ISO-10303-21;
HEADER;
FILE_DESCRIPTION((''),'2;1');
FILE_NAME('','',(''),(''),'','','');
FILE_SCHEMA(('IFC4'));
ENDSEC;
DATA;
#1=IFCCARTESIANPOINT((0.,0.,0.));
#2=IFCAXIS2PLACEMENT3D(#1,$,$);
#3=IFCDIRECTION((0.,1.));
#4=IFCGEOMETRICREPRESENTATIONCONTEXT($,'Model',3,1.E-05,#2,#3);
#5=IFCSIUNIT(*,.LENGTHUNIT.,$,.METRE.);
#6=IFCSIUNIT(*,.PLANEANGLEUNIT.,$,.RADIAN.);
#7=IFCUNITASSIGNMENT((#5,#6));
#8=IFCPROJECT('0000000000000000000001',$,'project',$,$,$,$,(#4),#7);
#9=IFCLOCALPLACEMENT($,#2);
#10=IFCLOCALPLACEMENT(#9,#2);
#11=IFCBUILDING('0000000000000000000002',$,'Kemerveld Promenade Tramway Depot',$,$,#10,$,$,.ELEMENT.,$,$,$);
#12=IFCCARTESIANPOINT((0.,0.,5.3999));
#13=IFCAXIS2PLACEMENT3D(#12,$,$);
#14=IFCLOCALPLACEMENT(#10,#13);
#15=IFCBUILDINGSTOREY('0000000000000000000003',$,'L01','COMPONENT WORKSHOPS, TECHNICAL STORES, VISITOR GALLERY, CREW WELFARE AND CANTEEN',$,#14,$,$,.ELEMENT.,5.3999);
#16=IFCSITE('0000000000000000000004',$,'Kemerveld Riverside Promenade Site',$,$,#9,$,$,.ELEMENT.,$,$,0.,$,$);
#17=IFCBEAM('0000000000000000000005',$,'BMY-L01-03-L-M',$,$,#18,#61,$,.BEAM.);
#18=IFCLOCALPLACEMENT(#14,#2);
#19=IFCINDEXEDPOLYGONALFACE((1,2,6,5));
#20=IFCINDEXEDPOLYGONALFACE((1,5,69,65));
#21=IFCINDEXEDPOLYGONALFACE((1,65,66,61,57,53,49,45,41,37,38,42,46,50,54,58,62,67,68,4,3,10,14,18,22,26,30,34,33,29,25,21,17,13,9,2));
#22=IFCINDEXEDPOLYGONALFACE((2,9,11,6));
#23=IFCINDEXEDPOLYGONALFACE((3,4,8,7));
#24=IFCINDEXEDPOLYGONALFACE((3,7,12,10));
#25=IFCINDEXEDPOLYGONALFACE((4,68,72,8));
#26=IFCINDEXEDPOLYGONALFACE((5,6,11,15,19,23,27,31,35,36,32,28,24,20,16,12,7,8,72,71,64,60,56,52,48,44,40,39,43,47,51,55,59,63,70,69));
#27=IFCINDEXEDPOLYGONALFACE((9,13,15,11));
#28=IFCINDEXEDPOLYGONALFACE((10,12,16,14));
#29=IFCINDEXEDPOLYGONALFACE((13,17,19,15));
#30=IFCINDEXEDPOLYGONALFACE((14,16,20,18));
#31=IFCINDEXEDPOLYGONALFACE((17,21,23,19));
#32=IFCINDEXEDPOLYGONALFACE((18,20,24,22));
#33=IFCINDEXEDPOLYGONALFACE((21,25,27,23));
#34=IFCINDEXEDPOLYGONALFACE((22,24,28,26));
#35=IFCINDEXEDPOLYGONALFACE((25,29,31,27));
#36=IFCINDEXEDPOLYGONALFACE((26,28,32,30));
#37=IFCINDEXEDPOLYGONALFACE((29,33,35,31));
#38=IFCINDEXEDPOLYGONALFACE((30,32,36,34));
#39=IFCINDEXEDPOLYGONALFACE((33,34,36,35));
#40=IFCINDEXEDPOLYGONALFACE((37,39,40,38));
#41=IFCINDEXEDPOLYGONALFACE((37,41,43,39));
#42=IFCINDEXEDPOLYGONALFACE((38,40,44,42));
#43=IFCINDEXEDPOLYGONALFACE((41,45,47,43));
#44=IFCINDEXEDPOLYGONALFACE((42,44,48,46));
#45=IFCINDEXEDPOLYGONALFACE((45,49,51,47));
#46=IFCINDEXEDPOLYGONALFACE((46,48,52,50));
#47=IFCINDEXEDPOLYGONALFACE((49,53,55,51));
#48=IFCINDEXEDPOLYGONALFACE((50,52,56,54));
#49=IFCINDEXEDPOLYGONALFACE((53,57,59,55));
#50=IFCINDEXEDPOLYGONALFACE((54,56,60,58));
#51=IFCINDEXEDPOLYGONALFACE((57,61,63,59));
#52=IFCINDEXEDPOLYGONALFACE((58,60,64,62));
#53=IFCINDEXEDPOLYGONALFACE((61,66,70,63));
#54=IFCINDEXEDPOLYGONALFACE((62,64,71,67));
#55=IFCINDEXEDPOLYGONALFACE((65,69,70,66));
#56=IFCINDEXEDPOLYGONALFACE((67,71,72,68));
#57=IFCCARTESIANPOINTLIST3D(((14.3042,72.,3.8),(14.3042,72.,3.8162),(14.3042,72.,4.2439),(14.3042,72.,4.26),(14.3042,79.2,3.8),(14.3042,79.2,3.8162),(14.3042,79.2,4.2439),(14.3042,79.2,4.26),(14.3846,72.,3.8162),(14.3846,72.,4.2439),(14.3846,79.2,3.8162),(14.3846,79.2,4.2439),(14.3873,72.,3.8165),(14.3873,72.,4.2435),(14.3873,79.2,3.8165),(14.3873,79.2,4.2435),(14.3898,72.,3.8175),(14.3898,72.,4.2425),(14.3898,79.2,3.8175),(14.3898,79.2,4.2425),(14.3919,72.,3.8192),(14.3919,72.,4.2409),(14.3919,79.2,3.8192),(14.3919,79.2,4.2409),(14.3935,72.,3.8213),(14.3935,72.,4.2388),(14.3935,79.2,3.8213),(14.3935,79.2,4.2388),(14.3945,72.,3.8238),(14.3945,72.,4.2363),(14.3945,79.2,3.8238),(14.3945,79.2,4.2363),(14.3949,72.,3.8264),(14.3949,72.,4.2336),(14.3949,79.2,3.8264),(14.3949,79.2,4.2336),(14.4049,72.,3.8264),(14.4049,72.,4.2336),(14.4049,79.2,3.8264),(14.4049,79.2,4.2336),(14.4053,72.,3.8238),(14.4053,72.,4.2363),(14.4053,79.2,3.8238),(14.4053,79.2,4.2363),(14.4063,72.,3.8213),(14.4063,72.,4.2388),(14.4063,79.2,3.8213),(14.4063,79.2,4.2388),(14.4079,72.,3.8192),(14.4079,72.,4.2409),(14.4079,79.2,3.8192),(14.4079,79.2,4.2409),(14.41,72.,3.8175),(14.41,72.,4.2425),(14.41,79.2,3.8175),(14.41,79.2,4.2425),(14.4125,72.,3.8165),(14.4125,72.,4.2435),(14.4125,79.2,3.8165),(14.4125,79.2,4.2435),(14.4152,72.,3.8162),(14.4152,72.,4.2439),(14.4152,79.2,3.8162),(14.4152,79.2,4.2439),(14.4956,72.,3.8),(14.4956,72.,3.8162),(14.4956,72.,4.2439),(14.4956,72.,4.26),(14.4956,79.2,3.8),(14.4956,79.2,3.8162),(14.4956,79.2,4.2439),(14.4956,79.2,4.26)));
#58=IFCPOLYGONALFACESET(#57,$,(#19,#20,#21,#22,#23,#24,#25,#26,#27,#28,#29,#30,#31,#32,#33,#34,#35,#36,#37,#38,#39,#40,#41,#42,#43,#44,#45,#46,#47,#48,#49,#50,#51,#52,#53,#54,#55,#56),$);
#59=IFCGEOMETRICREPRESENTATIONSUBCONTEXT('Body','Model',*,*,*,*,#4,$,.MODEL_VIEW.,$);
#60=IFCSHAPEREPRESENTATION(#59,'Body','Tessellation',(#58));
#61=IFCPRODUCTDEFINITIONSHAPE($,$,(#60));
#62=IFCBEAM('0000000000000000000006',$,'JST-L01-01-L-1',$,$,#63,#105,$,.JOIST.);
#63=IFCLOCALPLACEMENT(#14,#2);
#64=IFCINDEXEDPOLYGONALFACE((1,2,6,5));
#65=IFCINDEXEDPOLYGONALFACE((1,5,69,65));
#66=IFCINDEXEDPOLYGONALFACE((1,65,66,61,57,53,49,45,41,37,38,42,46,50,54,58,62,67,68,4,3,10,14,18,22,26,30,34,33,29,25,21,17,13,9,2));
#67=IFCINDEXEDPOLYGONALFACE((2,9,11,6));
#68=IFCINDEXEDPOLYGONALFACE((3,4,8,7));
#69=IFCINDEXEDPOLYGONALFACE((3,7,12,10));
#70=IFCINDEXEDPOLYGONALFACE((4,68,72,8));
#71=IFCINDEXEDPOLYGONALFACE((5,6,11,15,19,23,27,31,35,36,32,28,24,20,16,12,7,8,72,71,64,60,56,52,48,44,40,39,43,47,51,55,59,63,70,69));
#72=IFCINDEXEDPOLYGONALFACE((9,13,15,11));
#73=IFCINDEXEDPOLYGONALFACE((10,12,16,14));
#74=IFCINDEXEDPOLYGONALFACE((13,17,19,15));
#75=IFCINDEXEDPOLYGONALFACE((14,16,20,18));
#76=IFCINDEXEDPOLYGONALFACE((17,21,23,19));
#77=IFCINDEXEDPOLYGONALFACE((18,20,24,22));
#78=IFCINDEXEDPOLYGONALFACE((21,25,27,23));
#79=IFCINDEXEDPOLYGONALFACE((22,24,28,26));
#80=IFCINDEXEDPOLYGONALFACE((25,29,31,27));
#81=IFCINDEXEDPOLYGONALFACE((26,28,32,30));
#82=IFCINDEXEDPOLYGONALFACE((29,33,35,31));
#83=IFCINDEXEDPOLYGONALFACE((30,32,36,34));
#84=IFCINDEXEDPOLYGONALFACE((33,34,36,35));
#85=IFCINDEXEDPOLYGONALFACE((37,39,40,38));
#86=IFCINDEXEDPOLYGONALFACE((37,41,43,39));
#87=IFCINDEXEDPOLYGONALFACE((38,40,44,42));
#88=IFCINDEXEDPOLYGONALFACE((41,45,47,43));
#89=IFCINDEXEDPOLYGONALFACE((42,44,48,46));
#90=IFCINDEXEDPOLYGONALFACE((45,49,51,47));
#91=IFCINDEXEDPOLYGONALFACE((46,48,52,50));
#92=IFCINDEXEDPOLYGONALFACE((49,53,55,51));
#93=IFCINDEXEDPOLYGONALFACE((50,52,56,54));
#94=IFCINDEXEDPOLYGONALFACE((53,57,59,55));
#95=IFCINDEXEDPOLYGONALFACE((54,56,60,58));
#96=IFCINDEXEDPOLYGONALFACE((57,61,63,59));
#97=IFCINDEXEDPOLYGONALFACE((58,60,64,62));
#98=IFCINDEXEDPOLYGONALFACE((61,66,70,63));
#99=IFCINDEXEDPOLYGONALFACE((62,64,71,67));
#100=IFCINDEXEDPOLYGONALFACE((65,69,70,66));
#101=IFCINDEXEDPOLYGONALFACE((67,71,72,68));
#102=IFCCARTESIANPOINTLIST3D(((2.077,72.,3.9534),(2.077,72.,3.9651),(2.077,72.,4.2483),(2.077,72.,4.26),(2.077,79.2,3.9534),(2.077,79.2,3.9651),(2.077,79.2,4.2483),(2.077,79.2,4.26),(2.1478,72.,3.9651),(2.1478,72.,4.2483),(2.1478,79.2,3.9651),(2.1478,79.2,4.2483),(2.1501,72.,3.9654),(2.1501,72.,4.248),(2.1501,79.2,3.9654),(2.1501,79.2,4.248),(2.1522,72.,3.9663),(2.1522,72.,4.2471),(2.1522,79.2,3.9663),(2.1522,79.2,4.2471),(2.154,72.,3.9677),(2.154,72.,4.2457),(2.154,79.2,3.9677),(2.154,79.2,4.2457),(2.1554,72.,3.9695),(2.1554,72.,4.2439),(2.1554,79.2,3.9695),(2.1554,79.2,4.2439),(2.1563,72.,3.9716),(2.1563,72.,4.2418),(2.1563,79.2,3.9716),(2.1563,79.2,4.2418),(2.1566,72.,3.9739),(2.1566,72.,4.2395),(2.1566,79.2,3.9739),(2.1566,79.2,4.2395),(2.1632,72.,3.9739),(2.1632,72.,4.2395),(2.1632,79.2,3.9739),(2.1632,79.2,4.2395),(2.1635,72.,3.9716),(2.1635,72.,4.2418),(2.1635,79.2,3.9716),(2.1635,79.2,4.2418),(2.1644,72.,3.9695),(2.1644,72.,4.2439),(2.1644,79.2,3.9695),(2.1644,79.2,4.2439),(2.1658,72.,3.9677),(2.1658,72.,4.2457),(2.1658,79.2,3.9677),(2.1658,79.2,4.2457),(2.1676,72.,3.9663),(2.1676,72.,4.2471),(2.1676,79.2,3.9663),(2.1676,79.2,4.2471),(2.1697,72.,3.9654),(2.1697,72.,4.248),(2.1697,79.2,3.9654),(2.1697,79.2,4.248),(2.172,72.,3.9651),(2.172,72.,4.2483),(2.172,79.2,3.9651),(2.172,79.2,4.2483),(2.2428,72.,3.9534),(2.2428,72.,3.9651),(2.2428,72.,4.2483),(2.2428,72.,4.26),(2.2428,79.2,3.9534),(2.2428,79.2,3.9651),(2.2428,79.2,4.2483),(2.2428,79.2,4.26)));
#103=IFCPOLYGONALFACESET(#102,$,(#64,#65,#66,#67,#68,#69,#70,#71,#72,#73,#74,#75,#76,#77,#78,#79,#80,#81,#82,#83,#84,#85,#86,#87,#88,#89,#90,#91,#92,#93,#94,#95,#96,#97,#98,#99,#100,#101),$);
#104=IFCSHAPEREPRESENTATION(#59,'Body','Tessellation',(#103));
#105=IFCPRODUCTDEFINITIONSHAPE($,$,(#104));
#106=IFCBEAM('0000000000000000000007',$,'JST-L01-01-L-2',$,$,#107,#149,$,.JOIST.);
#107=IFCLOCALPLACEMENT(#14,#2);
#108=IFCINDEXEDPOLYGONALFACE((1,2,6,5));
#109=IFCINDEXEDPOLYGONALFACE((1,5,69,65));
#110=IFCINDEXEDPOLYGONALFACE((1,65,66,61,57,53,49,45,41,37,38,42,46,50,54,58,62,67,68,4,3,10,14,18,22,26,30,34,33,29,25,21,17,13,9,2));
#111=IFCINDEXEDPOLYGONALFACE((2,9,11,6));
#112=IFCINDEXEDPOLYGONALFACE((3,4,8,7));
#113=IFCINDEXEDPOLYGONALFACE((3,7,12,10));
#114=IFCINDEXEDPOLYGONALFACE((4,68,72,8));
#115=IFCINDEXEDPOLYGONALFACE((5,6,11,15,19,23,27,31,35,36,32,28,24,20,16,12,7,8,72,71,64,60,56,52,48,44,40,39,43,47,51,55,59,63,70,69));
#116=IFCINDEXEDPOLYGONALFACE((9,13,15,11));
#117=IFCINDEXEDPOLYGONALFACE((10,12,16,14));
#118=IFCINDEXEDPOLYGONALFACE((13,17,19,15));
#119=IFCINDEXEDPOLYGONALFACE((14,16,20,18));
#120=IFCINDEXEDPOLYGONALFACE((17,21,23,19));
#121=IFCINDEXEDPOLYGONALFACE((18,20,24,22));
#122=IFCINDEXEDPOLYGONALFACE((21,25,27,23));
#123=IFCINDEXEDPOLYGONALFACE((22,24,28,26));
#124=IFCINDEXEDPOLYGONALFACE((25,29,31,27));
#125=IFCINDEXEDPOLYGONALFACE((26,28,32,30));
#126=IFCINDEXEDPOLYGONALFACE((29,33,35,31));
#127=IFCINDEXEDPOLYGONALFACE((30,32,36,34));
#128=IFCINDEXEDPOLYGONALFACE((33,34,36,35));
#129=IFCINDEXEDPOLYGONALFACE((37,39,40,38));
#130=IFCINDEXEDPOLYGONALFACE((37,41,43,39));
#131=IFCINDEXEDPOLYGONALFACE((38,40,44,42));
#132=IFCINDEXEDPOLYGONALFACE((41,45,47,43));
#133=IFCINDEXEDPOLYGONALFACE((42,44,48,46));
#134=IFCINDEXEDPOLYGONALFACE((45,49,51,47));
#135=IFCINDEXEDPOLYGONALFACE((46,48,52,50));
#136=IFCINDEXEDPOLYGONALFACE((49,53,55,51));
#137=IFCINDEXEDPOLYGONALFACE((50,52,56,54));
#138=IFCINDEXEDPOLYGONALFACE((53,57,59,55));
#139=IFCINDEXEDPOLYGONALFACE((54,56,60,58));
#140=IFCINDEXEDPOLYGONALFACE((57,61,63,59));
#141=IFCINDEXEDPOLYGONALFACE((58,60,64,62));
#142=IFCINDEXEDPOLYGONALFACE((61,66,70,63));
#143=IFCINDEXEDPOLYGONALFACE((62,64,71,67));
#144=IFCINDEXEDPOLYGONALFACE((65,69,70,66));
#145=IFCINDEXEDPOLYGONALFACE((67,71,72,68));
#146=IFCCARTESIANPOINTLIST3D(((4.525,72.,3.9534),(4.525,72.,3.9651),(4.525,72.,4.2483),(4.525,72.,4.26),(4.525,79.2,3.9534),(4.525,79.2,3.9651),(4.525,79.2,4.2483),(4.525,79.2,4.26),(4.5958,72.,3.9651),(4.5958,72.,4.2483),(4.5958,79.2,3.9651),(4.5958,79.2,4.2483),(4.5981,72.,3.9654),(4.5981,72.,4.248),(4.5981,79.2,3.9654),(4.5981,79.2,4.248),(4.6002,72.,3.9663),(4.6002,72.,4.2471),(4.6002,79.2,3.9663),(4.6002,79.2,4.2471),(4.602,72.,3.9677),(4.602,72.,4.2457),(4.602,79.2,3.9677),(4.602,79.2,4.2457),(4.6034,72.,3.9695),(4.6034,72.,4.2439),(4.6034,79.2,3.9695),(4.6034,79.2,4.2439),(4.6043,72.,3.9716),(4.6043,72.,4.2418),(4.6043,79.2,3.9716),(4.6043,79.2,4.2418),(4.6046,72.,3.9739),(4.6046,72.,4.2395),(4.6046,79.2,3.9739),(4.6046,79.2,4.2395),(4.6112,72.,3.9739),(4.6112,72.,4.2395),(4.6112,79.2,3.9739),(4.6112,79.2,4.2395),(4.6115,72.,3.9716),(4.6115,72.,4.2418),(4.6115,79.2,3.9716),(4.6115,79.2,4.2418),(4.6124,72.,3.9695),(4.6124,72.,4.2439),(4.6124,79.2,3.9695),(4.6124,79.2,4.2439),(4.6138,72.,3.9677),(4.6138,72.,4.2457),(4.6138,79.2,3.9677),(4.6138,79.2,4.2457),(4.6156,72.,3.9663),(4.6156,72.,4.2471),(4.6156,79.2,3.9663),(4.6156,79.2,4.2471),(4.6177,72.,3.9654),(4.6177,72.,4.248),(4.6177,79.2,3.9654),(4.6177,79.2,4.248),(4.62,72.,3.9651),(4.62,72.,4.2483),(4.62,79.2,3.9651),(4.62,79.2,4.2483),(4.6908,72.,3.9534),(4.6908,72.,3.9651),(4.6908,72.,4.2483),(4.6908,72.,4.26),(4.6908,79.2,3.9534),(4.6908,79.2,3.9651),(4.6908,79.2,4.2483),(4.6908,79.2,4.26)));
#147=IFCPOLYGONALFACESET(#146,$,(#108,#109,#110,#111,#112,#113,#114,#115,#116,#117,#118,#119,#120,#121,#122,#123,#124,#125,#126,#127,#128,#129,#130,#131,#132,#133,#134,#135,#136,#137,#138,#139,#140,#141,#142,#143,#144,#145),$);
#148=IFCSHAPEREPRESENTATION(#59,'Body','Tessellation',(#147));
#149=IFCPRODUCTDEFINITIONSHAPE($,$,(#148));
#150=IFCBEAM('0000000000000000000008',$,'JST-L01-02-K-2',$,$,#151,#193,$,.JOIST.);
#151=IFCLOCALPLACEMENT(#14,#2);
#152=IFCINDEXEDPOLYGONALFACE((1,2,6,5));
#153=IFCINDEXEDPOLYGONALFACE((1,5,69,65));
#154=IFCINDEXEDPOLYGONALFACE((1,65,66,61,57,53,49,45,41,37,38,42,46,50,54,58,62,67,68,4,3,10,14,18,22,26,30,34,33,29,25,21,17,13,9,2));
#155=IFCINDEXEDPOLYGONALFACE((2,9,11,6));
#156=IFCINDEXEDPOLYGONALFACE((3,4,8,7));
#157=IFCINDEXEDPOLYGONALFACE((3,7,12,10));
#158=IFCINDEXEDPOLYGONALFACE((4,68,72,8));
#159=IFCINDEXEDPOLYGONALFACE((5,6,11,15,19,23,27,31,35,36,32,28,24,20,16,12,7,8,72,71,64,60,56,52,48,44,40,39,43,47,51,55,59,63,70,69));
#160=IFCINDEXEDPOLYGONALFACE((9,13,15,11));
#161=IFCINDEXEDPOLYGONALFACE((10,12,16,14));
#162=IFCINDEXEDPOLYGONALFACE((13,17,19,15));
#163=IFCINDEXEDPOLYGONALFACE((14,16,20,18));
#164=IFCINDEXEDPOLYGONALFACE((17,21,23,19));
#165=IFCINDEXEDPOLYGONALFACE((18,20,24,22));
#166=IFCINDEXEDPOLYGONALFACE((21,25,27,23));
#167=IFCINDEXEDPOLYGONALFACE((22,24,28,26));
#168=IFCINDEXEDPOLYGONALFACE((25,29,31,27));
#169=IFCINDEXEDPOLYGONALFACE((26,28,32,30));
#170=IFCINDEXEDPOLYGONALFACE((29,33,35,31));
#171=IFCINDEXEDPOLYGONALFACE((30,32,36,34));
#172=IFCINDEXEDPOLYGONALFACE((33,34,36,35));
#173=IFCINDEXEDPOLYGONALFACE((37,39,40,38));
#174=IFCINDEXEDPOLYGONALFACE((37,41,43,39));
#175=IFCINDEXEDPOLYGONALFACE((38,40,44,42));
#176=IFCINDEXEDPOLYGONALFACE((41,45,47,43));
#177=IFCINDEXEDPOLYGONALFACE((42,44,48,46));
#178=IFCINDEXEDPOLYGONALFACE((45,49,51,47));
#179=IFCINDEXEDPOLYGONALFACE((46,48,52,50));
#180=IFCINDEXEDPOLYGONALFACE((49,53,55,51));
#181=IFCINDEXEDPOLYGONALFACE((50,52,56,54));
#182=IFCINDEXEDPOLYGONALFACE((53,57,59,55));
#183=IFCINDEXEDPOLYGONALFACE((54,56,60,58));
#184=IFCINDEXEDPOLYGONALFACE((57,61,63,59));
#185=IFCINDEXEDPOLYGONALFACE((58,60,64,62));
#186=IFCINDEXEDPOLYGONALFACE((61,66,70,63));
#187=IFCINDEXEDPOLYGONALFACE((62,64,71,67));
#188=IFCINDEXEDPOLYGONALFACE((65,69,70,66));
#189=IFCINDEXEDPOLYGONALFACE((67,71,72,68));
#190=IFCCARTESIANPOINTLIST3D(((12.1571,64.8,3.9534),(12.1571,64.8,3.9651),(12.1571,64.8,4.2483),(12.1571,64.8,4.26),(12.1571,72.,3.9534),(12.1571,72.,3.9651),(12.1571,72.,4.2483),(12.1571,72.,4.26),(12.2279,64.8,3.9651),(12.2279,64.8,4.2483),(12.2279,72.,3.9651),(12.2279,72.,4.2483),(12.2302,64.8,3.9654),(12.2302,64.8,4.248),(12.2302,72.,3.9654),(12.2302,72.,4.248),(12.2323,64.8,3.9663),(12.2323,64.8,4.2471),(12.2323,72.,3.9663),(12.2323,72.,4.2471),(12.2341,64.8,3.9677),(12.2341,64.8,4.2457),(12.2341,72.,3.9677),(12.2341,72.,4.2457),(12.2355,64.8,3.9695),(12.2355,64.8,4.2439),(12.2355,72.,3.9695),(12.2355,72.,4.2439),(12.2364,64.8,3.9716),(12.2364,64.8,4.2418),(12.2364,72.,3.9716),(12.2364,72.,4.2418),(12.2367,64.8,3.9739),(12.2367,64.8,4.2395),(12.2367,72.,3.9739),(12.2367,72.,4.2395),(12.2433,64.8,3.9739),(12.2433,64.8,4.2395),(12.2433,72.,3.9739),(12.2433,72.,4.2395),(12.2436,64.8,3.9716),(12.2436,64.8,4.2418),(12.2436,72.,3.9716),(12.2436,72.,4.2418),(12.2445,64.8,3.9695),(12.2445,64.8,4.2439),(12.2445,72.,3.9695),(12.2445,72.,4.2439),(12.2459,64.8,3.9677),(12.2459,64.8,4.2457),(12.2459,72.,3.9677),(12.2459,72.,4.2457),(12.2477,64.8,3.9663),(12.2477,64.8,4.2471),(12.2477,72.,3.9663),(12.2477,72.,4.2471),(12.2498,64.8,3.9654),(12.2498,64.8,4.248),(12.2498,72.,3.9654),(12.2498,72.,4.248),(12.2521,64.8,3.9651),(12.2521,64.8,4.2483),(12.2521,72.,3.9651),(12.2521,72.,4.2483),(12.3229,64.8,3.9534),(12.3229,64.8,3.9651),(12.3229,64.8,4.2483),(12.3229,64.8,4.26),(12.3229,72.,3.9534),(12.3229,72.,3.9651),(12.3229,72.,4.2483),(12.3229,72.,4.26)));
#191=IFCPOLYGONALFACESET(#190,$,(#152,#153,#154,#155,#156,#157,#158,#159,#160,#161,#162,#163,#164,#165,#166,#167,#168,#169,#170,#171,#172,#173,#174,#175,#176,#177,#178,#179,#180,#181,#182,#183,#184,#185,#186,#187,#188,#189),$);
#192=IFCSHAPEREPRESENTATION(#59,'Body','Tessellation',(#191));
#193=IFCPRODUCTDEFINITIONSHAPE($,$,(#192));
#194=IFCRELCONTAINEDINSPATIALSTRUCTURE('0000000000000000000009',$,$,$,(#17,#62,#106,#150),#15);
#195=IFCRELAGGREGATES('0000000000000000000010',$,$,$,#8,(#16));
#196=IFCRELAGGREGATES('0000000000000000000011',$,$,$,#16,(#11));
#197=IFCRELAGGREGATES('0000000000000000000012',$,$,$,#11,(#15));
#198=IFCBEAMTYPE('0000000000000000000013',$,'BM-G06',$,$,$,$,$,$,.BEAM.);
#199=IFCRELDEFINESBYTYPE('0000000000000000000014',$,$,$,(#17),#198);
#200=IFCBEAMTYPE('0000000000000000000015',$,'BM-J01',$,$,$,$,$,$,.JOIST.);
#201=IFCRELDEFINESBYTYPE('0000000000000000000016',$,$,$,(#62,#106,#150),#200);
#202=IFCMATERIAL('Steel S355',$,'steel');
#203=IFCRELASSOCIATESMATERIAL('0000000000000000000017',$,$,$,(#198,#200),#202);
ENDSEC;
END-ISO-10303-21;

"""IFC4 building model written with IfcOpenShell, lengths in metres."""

from ifc_helpers import new_model, si_unit, direction, frame, origin, origin_2d, place, context, subcontext, project, spatial, i_section, extrude, material, material_profile, profile_set, type_object, element, save


model = new_model("IFC4")

# Units and contexts
model_context = context("Model", 3, precision=1e-05, world=origin(), true_north=direction((0.0, 1.0)))
body_context = subcontext(model_context, "Body", "Model", "MODEL_VIEW")
ifc_project = project(units=[si_unit("LENGTHUNIT", "METRE"), si_unit("PLANEANGLEUNIT", "RADIAN")], contexts=[model_context])

# Site, building, storey
site_placement = place(None, origin())
site = spatial("IfcSite", under=ifc_project, at=site_placement, Name="Kemerveld Riverside Promenade Site", CompositionType="ELEMENT", RefElevation=0.0)
building_placement = place(site_placement, origin())
building = spatial("IfcBuilding", under=site, at=building_placement, Name="Kemerveld Promenade Tramway Depot", CompositionType="ELEMENT")
storey_placement = place(building_placement, frame((0.0, 0.0, 5.3999)))
storey = spatial("IfcBuildingStorey", under=building, at=storey_placement, Name="L01", Description="COMPONENT WORKSHOPS, TECHNICAL STORES, VISITOR GALLERY, CREW WELFARE AND CANTEEN", CompositionType="ELEMENT", Elevation=5.3999)

# Shared definitions
ifc_material_1 = material(Name="Steel S355", Category="steel")

# Beams
ifc_material_profile_1 = material_profile(ifc_material_1, i_section(OverallWidth=0.1914, OverallDepth=0.46, WebThickness=0.01, FlangeThickness=0.0161, FilletRadius=0.0103, at=origin_2d()), Name="457x191x82 UB")
ifc_profile_set_1 = profile_set([ifc_material_profile_1], Name="Steel S355")
beam_type_1 = type_object("IfcBeamType", Name="BM-G06", PredefinedType="BEAM", material=ifc_profile_set_1)
for number, where, z_axis, x_axis, name in (
    (1, (14.3999, 72.0, 4.03), (0.0, 1.0, 0.0), (-1.0, 0.0, 0.0), "BMY-L01-03-L-M"),
):
    element("IfcBeam", number, at=place(storey_placement, frame(where, z_axis=z_axis, x_axis=x_axis)), inside=storey, type_object=beam_type_1, Name=name, PredefinedType="BEAM", context=body_context, shape_type="SweptSolid", body=[
        extrude(i_section(OverallWidth=0.1914, OverallDepth=0.46, WebThickness=0.01, FlangeThickness=0.0161, FilletRadius=0.0103, at=origin_2d()), origin(), (0.0, 0.0, 1.0), 7.2),
    ])
ifc_material_profile_2 = material_profile(ifc_material_1, i_section(OverallWidth=0.1658, OverallDepth=0.3066, WebThickness=0.0066, FlangeThickness=0.0117, FilletRadius=0.0088, at=origin_2d()), Name="305x165x46 UB")
ifc_profile_set_2 = profile_set([ifc_material_profile_2], Name="Steel S355")
beam_type_2 = type_object("IfcBeamType", Name="BM-J01", PredefinedType="JOIST", material=ifc_profile_set_2)
for number, where, z_axis, x_axis, name in (
    (2, (2.1599, 72.0, 4.1067), (0.0, 1.0, 0.0), (-1.0, 0.0, 0.0), "JST-L01-01-L-1"),
    (3, (4.6079, 72.0, 4.1067), (0.0, 1.0, 0.0), (-1.0, 0.0, 0.0), "JST-L01-01-L-2"),
    (4, (12.24, 64.8, 4.1067), (0.0, 1.0, 0.0), (-1.0, 0.0, 0.0), "JST-L01-02-K-2"),
):
    element("IfcBeam", number, at=place(storey_placement, frame(where, z_axis=z_axis, x_axis=x_axis)), inside=storey, type_object=beam_type_2, Name=name, PredefinedType="JOIST", context=body_context, shape_type="SweptSolid", body=[
        extrude(i_section(OverallWidth=0.1658, OverallDepth=0.3066, WebThickness=0.0066, FlangeThickness=0.0117, FilletRadius=0.0088, at=origin_2d()), origin(), (0.0, 0.0, 1.0), 7.2),
    ])

save(model, "model.ifc")
